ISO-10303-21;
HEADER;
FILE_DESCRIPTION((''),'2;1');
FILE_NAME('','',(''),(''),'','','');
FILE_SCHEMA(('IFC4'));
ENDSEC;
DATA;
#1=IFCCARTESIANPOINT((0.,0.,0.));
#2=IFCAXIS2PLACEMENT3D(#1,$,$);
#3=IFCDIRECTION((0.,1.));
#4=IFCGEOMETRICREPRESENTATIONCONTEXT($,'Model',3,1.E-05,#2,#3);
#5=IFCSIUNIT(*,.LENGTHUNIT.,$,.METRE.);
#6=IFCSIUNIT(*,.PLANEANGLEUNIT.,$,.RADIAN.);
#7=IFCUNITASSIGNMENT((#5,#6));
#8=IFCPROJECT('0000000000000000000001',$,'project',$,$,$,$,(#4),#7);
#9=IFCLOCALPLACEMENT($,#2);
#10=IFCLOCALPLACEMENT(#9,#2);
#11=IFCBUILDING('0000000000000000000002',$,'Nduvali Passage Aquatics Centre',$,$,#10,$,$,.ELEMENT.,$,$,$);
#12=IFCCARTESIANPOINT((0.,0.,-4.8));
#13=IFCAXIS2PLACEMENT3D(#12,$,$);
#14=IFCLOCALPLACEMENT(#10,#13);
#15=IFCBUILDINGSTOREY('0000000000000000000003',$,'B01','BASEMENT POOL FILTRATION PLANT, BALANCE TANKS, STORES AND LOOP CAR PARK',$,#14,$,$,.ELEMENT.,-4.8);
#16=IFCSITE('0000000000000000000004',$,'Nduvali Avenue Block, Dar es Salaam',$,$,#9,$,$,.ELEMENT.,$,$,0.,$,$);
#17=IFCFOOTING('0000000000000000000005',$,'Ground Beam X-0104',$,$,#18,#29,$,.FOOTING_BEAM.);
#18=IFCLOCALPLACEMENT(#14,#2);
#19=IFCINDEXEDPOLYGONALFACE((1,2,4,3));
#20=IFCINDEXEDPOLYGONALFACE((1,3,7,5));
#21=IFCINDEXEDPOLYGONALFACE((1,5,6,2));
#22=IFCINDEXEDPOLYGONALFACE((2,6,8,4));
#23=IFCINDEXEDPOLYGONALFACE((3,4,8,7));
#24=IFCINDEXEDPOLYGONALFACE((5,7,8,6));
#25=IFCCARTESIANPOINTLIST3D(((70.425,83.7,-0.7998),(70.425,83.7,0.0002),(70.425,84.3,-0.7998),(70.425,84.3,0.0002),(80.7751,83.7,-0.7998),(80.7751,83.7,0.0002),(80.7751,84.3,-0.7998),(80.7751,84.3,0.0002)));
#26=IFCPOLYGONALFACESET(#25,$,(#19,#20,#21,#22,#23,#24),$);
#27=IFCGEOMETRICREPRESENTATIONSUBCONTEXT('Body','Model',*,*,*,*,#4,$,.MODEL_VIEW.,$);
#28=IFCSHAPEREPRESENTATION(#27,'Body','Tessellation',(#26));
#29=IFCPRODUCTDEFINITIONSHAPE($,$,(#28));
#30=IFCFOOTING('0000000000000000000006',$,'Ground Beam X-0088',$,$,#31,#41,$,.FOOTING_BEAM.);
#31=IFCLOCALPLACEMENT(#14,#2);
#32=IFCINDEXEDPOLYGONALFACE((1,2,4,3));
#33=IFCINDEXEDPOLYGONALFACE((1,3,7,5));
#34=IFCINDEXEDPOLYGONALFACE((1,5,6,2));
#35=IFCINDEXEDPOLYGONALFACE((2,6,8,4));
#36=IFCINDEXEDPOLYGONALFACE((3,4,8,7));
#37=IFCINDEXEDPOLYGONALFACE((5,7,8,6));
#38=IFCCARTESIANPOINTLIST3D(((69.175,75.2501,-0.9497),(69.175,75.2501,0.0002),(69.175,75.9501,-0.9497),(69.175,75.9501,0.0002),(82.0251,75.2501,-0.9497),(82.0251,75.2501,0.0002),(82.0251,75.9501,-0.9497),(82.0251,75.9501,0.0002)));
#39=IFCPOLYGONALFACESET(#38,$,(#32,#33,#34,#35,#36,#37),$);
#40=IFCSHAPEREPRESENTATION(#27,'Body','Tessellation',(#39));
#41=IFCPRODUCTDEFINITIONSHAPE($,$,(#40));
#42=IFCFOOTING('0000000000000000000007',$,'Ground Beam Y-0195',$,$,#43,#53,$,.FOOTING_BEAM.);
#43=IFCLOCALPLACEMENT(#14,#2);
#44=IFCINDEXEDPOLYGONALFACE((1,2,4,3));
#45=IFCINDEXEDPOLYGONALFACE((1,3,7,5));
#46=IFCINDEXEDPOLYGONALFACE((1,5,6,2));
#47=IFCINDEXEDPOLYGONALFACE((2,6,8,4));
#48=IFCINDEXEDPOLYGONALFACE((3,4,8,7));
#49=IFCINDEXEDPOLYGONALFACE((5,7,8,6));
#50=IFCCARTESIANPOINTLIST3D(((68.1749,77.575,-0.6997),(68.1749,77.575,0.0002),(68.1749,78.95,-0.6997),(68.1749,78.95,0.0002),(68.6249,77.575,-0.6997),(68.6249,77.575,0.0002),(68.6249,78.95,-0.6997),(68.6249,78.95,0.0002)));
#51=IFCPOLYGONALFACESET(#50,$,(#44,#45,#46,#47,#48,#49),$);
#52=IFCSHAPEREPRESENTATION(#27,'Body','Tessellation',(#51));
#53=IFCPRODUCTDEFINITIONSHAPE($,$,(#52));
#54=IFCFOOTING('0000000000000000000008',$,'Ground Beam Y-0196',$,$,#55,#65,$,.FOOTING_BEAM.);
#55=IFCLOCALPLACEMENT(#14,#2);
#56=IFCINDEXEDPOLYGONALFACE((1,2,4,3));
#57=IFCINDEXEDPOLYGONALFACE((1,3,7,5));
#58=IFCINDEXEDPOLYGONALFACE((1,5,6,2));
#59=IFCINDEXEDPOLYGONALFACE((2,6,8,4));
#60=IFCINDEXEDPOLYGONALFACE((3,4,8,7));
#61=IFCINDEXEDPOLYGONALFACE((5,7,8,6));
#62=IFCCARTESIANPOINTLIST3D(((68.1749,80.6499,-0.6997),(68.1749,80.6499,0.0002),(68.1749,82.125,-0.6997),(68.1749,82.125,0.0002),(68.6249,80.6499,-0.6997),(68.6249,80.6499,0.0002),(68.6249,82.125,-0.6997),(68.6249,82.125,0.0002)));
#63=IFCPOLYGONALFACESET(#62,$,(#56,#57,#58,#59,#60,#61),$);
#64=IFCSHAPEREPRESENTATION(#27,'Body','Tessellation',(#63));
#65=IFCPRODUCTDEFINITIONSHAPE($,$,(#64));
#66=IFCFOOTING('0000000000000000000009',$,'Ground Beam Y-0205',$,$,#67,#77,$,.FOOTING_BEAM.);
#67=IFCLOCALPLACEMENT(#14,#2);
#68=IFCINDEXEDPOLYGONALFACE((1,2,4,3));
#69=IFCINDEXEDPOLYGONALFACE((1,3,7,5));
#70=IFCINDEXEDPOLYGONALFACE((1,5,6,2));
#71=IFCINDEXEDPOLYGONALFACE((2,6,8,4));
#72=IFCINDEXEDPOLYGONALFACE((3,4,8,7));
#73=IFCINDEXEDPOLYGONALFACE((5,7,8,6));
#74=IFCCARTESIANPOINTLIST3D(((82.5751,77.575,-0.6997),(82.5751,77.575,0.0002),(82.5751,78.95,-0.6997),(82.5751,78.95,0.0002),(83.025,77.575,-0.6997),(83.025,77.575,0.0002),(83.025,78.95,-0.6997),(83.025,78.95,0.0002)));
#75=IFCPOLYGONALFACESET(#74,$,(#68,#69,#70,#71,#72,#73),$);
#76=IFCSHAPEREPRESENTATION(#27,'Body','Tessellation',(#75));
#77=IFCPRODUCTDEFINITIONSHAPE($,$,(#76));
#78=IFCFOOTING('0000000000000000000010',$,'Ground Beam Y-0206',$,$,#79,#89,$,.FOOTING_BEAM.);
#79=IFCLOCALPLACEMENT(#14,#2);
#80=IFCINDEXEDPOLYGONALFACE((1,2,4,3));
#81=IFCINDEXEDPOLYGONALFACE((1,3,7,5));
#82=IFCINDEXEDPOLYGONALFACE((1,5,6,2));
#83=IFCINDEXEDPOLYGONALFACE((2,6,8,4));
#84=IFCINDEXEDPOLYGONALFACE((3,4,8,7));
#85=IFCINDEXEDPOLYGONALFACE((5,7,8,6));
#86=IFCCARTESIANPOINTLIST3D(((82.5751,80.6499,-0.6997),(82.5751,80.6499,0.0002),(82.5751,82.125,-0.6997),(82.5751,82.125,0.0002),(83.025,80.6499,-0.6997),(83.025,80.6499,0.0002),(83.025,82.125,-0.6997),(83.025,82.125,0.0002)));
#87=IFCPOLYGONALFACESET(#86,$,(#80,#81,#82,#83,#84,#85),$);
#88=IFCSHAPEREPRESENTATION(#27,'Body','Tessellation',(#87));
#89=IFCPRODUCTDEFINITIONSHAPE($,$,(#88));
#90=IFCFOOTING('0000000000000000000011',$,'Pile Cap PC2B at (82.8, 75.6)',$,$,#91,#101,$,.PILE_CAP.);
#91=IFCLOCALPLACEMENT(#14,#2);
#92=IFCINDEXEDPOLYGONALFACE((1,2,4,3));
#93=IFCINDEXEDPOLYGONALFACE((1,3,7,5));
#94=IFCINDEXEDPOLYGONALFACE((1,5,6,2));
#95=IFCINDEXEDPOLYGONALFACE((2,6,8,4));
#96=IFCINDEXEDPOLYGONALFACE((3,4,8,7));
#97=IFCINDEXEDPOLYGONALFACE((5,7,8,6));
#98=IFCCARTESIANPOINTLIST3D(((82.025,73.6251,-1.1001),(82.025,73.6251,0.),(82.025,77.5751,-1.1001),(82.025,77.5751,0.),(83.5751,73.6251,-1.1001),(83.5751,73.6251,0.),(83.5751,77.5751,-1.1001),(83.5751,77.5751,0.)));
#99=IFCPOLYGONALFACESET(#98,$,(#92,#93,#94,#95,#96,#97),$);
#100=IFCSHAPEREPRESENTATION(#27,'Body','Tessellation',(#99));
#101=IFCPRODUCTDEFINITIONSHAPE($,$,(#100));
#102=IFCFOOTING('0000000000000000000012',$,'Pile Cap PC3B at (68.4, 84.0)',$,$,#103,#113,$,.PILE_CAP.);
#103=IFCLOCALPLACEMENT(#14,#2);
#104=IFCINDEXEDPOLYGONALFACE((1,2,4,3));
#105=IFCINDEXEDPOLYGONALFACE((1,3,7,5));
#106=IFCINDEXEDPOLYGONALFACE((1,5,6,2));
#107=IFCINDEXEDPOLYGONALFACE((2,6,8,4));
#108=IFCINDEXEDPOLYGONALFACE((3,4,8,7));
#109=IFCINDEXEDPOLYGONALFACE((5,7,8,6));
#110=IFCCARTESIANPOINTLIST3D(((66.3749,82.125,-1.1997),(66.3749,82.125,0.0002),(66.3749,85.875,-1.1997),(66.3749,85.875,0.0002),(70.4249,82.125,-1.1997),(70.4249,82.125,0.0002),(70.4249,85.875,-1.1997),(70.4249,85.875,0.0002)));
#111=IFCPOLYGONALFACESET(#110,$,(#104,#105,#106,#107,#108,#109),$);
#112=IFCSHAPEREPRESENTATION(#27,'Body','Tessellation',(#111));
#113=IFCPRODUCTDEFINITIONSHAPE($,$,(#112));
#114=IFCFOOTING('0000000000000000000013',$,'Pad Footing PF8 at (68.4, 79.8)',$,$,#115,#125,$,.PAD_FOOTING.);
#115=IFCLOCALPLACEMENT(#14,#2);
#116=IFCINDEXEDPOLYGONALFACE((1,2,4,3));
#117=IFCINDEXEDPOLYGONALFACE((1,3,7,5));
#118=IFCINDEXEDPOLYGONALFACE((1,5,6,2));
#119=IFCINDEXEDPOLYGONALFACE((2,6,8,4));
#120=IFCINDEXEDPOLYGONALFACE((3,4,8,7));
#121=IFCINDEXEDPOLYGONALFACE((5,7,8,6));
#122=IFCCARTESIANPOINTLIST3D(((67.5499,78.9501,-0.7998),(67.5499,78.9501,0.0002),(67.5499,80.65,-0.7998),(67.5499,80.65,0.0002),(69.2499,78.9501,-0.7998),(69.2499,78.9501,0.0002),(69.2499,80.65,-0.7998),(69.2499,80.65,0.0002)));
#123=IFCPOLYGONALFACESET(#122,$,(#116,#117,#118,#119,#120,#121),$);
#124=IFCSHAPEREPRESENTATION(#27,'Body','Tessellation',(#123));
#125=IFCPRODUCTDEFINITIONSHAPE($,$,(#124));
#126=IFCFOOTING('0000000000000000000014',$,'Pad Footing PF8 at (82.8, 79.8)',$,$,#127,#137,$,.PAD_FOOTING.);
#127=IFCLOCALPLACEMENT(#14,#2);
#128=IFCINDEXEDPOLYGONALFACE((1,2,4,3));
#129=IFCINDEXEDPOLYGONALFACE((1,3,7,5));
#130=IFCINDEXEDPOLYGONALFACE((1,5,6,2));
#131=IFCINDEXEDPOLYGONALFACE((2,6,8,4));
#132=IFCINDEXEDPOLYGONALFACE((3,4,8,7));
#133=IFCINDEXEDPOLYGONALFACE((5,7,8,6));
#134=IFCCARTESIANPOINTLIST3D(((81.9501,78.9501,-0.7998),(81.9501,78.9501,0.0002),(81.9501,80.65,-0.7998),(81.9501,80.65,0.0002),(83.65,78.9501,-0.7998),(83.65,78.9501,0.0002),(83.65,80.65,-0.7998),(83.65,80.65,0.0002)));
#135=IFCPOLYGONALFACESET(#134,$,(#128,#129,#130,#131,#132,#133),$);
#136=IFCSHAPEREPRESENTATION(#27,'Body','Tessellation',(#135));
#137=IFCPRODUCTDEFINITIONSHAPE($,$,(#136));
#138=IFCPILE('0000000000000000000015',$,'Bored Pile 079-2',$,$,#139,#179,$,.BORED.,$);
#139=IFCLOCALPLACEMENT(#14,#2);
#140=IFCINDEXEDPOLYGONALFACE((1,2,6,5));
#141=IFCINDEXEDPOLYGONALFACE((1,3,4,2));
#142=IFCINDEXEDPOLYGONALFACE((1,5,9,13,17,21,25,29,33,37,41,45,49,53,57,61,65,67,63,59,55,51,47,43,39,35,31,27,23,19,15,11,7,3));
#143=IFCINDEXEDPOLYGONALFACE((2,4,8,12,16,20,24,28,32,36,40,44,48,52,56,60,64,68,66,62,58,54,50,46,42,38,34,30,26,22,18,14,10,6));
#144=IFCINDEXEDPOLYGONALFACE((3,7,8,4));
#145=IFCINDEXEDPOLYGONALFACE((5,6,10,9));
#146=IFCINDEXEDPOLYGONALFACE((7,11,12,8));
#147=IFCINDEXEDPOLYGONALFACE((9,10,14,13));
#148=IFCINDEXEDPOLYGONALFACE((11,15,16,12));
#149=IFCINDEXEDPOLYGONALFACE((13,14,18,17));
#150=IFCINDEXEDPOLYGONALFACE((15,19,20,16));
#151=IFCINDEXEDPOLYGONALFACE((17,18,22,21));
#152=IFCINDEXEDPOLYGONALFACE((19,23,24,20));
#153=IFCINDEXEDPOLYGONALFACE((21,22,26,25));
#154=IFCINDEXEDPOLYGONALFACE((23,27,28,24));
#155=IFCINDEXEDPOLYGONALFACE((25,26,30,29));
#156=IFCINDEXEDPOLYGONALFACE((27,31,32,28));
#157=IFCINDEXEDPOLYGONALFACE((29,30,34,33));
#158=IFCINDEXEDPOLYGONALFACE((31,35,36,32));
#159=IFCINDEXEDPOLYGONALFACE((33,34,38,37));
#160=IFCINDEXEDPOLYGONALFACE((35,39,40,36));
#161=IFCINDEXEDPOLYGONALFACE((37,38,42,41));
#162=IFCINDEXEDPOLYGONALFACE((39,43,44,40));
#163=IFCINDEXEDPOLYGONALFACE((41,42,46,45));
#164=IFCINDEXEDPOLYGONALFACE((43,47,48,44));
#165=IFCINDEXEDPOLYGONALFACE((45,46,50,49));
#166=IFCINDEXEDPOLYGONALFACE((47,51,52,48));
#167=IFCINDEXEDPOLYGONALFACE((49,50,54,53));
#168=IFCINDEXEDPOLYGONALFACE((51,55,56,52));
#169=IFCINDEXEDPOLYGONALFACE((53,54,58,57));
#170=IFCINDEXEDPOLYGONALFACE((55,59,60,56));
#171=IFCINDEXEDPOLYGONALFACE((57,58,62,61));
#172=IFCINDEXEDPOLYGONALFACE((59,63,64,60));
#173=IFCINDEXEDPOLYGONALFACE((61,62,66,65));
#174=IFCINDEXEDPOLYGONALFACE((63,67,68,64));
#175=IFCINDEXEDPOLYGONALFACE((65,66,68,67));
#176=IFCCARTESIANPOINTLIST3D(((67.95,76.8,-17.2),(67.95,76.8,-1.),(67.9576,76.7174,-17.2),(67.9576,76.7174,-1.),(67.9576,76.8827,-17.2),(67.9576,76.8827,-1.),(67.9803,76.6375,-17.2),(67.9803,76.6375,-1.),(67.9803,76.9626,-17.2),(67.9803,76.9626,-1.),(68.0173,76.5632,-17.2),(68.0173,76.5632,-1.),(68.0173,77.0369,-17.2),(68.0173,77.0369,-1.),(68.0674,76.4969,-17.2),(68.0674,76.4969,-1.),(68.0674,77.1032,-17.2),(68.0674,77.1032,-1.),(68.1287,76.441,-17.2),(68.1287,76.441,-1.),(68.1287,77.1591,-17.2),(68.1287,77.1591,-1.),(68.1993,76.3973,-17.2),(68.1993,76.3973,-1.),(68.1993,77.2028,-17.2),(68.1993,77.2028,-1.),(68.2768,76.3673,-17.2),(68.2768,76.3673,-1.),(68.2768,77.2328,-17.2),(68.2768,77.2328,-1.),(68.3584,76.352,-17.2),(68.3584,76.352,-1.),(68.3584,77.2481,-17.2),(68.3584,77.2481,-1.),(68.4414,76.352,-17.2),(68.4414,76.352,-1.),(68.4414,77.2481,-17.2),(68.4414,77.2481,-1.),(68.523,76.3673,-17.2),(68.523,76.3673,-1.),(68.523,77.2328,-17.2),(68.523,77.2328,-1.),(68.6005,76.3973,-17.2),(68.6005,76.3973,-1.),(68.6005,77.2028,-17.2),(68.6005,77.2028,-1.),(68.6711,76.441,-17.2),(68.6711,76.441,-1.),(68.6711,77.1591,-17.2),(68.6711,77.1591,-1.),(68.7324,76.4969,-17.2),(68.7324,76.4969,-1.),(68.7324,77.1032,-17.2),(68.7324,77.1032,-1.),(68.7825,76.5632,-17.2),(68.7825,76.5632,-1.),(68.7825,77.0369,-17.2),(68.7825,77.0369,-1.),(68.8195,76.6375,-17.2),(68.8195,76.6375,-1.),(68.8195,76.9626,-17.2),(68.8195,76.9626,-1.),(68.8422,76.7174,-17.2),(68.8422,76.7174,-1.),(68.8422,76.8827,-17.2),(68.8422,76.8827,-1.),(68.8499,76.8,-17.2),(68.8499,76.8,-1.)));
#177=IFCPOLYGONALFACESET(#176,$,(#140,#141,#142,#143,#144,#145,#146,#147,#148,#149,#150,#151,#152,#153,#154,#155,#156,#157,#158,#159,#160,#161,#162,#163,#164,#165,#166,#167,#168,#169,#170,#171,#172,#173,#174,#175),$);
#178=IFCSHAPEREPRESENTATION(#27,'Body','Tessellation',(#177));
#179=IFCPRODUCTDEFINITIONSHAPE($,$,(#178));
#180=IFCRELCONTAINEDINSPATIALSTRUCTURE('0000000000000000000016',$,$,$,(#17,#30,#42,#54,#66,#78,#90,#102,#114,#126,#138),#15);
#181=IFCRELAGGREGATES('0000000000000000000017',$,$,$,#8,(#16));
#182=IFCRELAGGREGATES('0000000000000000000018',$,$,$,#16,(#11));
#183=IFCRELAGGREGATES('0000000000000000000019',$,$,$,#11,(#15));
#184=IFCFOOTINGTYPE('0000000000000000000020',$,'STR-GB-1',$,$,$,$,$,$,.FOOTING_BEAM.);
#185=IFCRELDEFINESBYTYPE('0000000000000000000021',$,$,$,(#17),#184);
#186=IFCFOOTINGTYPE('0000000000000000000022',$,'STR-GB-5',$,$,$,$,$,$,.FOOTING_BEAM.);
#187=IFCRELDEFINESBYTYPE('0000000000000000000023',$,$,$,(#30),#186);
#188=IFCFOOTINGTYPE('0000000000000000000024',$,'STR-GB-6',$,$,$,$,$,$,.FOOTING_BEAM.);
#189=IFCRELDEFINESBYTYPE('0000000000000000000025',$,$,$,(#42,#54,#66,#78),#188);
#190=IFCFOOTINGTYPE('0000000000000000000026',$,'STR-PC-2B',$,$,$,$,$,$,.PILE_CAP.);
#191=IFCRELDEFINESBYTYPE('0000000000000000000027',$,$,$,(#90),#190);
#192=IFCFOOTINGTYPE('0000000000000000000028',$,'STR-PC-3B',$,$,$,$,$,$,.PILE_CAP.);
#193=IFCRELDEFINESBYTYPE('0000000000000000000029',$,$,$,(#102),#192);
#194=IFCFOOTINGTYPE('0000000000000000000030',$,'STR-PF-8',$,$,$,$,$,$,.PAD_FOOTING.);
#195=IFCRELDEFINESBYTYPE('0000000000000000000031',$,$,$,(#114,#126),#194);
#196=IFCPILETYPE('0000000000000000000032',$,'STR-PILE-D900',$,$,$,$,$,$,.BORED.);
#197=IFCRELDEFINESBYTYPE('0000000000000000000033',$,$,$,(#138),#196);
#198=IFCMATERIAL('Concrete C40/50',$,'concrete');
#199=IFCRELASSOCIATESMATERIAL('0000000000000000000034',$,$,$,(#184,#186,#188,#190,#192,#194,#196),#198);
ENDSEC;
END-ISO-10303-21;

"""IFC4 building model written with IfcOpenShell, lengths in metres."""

from ifc_helpers import new_model, si_unit, direction, frame, origin, origin_2d, place, context, subcontext, project, spatial, rectangle, circle, extrude, material, material_profile, profile_set, type_object, element, save


model = new_model("IFC4")

# Units and contexts
model_context = context("Model", 3, precision=1e-05, world=origin(), true_north=direction((0.0, 1.0)))
body_context = subcontext(model_context, "Body", "Model", "MODEL_VIEW")
ifc_project = project(units=[si_unit("LENGTHUNIT", "METRE"), si_unit("PLANEANGLEUNIT", "RADIAN")], contexts=[model_context])

# Site, building, storey
site_placement = place(None, origin())
site = spatial("IfcSite", under=ifc_project, at=site_placement, Name="Nduvali Avenue Block, Dar es Salaam", CompositionType="ELEMENT", RefElevation=0.0)
building_placement = place(site_placement, origin())
building = spatial("IfcBuilding", under=site, at=building_placement, Name="Nduvali Passage Aquatics Centre", CompositionType="ELEMENT")
storey_placement = place(building_placement, frame((0.0, 0.0, -4.8)))
storey = spatial("IfcBuildingStorey", under=building, at=storey_placement, Name="B01", Description="BASEMENT POOL FILTRATION PLANT, BALANCE TANKS, STORES AND LOOP CAR PARK", CompositionType="ELEMENT", Elevation=-4.8)

# Footings
ifc_material_1 = material(Name="Concrete C40/50", Category="concrete")
footing_type_1 = type_object("IfcFootingType", Name="STR-GB-1", PredefinedType="FOOTING_BEAM", material=ifc_material_1)
footing_1_placement = place(storey_placement, frame((75.6001, 84.0, -0.7998), z_axis=(0.0, 0.0, 1.0), x_axis=(1.0, 0.0, 0.0)))
element("IfcFooting", 1, at=footing_1_placement, inside=storey, type_object=footing_type_1, Name="Ground Beam X-0104", PredefinedType="FOOTING_BEAM", context=body_context, shape_type="SweptSolid", body=[
    extrude(rectangle(XDim=10.3501, YDim=0.6001, at=origin_2d()), origin(), (0.0, 0.0, 1.0), 0.8),
])
footing_type_2 = type_object("IfcFootingType", Name="STR-GB-5", PredefinedType="FOOTING_BEAM", material=ifc_material_1)
footing_2_placement = place(storey_placement, frame((75.6001, 75.6001, -0.9497), z_axis=(0.0, 0.0, 1.0), x_axis=(1.0, 0.0, 0.0)))
element("IfcFooting", 2, at=footing_2_placement, inside=storey, type_object=footing_type_2, Name="Ground Beam X-0088", PredefinedType="FOOTING_BEAM", context=body_context, shape_type="SweptSolid", body=[
    extrude(rectangle(XDim=12.8501, YDim=0.7, at=origin_2d()), origin(), (0.0, 0.0, 1.0), 0.95),
])
footing_type_3 = type_object("IfcFootingType", Name="STR-GB-6", PredefinedType="FOOTING_BEAM", material=ifc_material_1)
footing_3_placement = place(storey_placement, frame((68.3999, 78.2625, -0.6997), z_axis=(0.0, 0.0, 1.0), x_axis=(0.0, 1.0, 0.0)))
element("IfcFooting", 3, at=footing_3_placement, inside=storey, type_object=footing_type_3, Name="Ground Beam Y-0195", PredefinedType="FOOTING_BEAM", context=body_context, shape_type="SweptSolid", body=[
    extrude(rectangle(XDim=1.375, YDim=0.45, at=origin_2d()), origin(), (0.0, 0.0, 1.0), 0.7),
])
footing_4_placement = place(storey_placement, frame((68.3999, 81.3875, -0.6997), z_axis=(0.0, 0.0, 1.0), x_axis=(0.0, 1.0, 0.0)))
element("IfcFooting", 4, at=footing_4_placement, inside=storey, type_object=footing_type_3, Name="Ground Beam Y-0196", PredefinedType="FOOTING_BEAM", context=body_context, shape_type="SweptSolid", body=[
    extrude(rectangle(XDim=1.4751, YDim=0.45, at=origin_2d()), origin(), (0.0, 0.0, 1.0), 0.7),
])
footing_5_placement = place(storey_placement, frame((82.8, 78.2625, -0.6997), z_axis=(0.0, 0.0, 1.0), x_axis=(0.0, 1.0, 0.0)))
element("IfcFooting", 5, at=footing_5_placement, inside=storey, type_object=footing_type_3, Name="Ground Beam Y-0205", PredefinedType="FOOTING_BEAM", context=body_context, shape_type="SweptSolid", body=[
    extrude(rectangle(XDim=1.375, YDim=0.45, at=origin_2d()), origin(), (0.0, 0.0, 1.0), 0.7),
])
footing_6_placement = place(storey_placement, frame((82.8, 81.3875, -0.6997), z_axis=(0.0, 0.0, 1.0), x_axis=(0.0, 1.0, 0.0)))
element("IfcFooting", 6, at=footing_6_placement, inside=storey, type_object=footing_type_3, Name="Ground Beam Y-0206", PredefinedType="FOOTING_BEAM", context=body_context, shape_type="SweptSolid", body=[
    extrude(rectangle(XDim=1.4751, YDim=0.45, at=origin_2d()), origin(), (0.0, 0.0, 1.0), 0.7),
])
footing_type_4 = type_object("IfcFootingType", Name="STR-PC-2B", PredefinedType="PILE_CAP", material=ifc_material_1)
footing_7_placement = place(storey_placement, frame((82.8, 75.6001, -1.1001), z_axis=(0.0, 0.0, 1.0), x_axis=(1.0, 0.0, 0.0)))
element("IfcFooting", 7, at=footing_7_placement, inside=storey, type_object=footing_type_4, Name="Pile Cap PC2B at (82.8, 75.6)", PredefinedType="PILE_CAP", context=body_context, shape_type="SweptSolid", body=[
    extrude(rectangle(XDim=1.55, YDim=3.95, at=origin_2d()), origin(), (0.0, 0.0, 1.0), 1.1001),
])
footing_type_5 = type_object("IfcFootingType", Name="STR-PC-3B", PredefinedType="PILE_CAP", material=ifc_material_1)
footing_8_placement = place(storey_placement, frame((68.3999, 84.0, -1.1997), z_axis=(0.0, 0.0, 1.0), x_axis=(1.0, 0.0, 0.0)))
element("IfcFooting", 8, at=footing_8_placement, inside=storey, type_object=footing_type_5, Name="Pile Cap PC3B at (68.4, 84.0)", PredefinedType="PILE_CAP", context=body_context, shape_type="SweptSolid", body=[
    extrude(rectangle(XDim=4.05, YDim=3.75, at=origin_2d()), origin(), (0.0, 0.0, 1.0), 1.2),
])
footing_type_6 = type_object("IfcFootingType", Name="STR-PF-8", PredefinedType="PAD_FOOTING", material=ifc_material_1)
for number, where, z_axis, x_axis, name in (
    (9, (68.3999, 79.8, -0.7998), (0.0, 0.0, 1.0), (1.0, 0.0, 0.0), "Pad Footing PF8 at (68.4, 79.8)"),
    (10, (82.8, 79.8, -0.7998), (0.0, 0.0, 1.0), (1.0, 0.0, 0.0), "Pad Footing PF8 at (82.8, 79.8)"),
):
    element("IfcFooting", number, at=place(storey_placement, frame(where, z_axis=z_axis, x_axis=x_axis)), inside=storey, type_object=footing_type_6, Name=name, PredefinedType="PAD_FOOTING", context=body_context, shape_type="SweptSolid", body=[
        extrude(rectangle(XDim=1.7, YDim=1.7, at=origin_2d()), origin(), (0.0, 0.0, 1.0), 0.8),
    ])

# Pile
ifc_material_profile_1 = material_profile(ifc_material_1, circle(Radius=0.45, at=origin_2d()), Name="PILE D900")
ifc_profile_set_1 = profile_set([ifc_material_profile_1], Name="Concrete C40/50")
pile_type = type_object("IfcPileType", Name="STR-PILE-D900", PredefinedType="BORED", material=ifc_profile_set_1)
pile_1_placement = place(storey_placement, frame((68.3999, 76.8, -1.0), z_axis=(0.0, 0.0, -1.0), x_axis=(1.0, 0.0, 0.0)))
element("IfcPile", 11, at=pile_1_placement, inside=storey, type_object=pile_type, Name="Bored Pile 079-2", PredefinedType="BORED", context=body_context, shape_type="SweptSolid", body=[
    extrude(circle(Radius=0.45, at=origin_2d()), origin(), (0.0, 0.0, 1.0), 16.2),
])

save(model, "model.ifc")
